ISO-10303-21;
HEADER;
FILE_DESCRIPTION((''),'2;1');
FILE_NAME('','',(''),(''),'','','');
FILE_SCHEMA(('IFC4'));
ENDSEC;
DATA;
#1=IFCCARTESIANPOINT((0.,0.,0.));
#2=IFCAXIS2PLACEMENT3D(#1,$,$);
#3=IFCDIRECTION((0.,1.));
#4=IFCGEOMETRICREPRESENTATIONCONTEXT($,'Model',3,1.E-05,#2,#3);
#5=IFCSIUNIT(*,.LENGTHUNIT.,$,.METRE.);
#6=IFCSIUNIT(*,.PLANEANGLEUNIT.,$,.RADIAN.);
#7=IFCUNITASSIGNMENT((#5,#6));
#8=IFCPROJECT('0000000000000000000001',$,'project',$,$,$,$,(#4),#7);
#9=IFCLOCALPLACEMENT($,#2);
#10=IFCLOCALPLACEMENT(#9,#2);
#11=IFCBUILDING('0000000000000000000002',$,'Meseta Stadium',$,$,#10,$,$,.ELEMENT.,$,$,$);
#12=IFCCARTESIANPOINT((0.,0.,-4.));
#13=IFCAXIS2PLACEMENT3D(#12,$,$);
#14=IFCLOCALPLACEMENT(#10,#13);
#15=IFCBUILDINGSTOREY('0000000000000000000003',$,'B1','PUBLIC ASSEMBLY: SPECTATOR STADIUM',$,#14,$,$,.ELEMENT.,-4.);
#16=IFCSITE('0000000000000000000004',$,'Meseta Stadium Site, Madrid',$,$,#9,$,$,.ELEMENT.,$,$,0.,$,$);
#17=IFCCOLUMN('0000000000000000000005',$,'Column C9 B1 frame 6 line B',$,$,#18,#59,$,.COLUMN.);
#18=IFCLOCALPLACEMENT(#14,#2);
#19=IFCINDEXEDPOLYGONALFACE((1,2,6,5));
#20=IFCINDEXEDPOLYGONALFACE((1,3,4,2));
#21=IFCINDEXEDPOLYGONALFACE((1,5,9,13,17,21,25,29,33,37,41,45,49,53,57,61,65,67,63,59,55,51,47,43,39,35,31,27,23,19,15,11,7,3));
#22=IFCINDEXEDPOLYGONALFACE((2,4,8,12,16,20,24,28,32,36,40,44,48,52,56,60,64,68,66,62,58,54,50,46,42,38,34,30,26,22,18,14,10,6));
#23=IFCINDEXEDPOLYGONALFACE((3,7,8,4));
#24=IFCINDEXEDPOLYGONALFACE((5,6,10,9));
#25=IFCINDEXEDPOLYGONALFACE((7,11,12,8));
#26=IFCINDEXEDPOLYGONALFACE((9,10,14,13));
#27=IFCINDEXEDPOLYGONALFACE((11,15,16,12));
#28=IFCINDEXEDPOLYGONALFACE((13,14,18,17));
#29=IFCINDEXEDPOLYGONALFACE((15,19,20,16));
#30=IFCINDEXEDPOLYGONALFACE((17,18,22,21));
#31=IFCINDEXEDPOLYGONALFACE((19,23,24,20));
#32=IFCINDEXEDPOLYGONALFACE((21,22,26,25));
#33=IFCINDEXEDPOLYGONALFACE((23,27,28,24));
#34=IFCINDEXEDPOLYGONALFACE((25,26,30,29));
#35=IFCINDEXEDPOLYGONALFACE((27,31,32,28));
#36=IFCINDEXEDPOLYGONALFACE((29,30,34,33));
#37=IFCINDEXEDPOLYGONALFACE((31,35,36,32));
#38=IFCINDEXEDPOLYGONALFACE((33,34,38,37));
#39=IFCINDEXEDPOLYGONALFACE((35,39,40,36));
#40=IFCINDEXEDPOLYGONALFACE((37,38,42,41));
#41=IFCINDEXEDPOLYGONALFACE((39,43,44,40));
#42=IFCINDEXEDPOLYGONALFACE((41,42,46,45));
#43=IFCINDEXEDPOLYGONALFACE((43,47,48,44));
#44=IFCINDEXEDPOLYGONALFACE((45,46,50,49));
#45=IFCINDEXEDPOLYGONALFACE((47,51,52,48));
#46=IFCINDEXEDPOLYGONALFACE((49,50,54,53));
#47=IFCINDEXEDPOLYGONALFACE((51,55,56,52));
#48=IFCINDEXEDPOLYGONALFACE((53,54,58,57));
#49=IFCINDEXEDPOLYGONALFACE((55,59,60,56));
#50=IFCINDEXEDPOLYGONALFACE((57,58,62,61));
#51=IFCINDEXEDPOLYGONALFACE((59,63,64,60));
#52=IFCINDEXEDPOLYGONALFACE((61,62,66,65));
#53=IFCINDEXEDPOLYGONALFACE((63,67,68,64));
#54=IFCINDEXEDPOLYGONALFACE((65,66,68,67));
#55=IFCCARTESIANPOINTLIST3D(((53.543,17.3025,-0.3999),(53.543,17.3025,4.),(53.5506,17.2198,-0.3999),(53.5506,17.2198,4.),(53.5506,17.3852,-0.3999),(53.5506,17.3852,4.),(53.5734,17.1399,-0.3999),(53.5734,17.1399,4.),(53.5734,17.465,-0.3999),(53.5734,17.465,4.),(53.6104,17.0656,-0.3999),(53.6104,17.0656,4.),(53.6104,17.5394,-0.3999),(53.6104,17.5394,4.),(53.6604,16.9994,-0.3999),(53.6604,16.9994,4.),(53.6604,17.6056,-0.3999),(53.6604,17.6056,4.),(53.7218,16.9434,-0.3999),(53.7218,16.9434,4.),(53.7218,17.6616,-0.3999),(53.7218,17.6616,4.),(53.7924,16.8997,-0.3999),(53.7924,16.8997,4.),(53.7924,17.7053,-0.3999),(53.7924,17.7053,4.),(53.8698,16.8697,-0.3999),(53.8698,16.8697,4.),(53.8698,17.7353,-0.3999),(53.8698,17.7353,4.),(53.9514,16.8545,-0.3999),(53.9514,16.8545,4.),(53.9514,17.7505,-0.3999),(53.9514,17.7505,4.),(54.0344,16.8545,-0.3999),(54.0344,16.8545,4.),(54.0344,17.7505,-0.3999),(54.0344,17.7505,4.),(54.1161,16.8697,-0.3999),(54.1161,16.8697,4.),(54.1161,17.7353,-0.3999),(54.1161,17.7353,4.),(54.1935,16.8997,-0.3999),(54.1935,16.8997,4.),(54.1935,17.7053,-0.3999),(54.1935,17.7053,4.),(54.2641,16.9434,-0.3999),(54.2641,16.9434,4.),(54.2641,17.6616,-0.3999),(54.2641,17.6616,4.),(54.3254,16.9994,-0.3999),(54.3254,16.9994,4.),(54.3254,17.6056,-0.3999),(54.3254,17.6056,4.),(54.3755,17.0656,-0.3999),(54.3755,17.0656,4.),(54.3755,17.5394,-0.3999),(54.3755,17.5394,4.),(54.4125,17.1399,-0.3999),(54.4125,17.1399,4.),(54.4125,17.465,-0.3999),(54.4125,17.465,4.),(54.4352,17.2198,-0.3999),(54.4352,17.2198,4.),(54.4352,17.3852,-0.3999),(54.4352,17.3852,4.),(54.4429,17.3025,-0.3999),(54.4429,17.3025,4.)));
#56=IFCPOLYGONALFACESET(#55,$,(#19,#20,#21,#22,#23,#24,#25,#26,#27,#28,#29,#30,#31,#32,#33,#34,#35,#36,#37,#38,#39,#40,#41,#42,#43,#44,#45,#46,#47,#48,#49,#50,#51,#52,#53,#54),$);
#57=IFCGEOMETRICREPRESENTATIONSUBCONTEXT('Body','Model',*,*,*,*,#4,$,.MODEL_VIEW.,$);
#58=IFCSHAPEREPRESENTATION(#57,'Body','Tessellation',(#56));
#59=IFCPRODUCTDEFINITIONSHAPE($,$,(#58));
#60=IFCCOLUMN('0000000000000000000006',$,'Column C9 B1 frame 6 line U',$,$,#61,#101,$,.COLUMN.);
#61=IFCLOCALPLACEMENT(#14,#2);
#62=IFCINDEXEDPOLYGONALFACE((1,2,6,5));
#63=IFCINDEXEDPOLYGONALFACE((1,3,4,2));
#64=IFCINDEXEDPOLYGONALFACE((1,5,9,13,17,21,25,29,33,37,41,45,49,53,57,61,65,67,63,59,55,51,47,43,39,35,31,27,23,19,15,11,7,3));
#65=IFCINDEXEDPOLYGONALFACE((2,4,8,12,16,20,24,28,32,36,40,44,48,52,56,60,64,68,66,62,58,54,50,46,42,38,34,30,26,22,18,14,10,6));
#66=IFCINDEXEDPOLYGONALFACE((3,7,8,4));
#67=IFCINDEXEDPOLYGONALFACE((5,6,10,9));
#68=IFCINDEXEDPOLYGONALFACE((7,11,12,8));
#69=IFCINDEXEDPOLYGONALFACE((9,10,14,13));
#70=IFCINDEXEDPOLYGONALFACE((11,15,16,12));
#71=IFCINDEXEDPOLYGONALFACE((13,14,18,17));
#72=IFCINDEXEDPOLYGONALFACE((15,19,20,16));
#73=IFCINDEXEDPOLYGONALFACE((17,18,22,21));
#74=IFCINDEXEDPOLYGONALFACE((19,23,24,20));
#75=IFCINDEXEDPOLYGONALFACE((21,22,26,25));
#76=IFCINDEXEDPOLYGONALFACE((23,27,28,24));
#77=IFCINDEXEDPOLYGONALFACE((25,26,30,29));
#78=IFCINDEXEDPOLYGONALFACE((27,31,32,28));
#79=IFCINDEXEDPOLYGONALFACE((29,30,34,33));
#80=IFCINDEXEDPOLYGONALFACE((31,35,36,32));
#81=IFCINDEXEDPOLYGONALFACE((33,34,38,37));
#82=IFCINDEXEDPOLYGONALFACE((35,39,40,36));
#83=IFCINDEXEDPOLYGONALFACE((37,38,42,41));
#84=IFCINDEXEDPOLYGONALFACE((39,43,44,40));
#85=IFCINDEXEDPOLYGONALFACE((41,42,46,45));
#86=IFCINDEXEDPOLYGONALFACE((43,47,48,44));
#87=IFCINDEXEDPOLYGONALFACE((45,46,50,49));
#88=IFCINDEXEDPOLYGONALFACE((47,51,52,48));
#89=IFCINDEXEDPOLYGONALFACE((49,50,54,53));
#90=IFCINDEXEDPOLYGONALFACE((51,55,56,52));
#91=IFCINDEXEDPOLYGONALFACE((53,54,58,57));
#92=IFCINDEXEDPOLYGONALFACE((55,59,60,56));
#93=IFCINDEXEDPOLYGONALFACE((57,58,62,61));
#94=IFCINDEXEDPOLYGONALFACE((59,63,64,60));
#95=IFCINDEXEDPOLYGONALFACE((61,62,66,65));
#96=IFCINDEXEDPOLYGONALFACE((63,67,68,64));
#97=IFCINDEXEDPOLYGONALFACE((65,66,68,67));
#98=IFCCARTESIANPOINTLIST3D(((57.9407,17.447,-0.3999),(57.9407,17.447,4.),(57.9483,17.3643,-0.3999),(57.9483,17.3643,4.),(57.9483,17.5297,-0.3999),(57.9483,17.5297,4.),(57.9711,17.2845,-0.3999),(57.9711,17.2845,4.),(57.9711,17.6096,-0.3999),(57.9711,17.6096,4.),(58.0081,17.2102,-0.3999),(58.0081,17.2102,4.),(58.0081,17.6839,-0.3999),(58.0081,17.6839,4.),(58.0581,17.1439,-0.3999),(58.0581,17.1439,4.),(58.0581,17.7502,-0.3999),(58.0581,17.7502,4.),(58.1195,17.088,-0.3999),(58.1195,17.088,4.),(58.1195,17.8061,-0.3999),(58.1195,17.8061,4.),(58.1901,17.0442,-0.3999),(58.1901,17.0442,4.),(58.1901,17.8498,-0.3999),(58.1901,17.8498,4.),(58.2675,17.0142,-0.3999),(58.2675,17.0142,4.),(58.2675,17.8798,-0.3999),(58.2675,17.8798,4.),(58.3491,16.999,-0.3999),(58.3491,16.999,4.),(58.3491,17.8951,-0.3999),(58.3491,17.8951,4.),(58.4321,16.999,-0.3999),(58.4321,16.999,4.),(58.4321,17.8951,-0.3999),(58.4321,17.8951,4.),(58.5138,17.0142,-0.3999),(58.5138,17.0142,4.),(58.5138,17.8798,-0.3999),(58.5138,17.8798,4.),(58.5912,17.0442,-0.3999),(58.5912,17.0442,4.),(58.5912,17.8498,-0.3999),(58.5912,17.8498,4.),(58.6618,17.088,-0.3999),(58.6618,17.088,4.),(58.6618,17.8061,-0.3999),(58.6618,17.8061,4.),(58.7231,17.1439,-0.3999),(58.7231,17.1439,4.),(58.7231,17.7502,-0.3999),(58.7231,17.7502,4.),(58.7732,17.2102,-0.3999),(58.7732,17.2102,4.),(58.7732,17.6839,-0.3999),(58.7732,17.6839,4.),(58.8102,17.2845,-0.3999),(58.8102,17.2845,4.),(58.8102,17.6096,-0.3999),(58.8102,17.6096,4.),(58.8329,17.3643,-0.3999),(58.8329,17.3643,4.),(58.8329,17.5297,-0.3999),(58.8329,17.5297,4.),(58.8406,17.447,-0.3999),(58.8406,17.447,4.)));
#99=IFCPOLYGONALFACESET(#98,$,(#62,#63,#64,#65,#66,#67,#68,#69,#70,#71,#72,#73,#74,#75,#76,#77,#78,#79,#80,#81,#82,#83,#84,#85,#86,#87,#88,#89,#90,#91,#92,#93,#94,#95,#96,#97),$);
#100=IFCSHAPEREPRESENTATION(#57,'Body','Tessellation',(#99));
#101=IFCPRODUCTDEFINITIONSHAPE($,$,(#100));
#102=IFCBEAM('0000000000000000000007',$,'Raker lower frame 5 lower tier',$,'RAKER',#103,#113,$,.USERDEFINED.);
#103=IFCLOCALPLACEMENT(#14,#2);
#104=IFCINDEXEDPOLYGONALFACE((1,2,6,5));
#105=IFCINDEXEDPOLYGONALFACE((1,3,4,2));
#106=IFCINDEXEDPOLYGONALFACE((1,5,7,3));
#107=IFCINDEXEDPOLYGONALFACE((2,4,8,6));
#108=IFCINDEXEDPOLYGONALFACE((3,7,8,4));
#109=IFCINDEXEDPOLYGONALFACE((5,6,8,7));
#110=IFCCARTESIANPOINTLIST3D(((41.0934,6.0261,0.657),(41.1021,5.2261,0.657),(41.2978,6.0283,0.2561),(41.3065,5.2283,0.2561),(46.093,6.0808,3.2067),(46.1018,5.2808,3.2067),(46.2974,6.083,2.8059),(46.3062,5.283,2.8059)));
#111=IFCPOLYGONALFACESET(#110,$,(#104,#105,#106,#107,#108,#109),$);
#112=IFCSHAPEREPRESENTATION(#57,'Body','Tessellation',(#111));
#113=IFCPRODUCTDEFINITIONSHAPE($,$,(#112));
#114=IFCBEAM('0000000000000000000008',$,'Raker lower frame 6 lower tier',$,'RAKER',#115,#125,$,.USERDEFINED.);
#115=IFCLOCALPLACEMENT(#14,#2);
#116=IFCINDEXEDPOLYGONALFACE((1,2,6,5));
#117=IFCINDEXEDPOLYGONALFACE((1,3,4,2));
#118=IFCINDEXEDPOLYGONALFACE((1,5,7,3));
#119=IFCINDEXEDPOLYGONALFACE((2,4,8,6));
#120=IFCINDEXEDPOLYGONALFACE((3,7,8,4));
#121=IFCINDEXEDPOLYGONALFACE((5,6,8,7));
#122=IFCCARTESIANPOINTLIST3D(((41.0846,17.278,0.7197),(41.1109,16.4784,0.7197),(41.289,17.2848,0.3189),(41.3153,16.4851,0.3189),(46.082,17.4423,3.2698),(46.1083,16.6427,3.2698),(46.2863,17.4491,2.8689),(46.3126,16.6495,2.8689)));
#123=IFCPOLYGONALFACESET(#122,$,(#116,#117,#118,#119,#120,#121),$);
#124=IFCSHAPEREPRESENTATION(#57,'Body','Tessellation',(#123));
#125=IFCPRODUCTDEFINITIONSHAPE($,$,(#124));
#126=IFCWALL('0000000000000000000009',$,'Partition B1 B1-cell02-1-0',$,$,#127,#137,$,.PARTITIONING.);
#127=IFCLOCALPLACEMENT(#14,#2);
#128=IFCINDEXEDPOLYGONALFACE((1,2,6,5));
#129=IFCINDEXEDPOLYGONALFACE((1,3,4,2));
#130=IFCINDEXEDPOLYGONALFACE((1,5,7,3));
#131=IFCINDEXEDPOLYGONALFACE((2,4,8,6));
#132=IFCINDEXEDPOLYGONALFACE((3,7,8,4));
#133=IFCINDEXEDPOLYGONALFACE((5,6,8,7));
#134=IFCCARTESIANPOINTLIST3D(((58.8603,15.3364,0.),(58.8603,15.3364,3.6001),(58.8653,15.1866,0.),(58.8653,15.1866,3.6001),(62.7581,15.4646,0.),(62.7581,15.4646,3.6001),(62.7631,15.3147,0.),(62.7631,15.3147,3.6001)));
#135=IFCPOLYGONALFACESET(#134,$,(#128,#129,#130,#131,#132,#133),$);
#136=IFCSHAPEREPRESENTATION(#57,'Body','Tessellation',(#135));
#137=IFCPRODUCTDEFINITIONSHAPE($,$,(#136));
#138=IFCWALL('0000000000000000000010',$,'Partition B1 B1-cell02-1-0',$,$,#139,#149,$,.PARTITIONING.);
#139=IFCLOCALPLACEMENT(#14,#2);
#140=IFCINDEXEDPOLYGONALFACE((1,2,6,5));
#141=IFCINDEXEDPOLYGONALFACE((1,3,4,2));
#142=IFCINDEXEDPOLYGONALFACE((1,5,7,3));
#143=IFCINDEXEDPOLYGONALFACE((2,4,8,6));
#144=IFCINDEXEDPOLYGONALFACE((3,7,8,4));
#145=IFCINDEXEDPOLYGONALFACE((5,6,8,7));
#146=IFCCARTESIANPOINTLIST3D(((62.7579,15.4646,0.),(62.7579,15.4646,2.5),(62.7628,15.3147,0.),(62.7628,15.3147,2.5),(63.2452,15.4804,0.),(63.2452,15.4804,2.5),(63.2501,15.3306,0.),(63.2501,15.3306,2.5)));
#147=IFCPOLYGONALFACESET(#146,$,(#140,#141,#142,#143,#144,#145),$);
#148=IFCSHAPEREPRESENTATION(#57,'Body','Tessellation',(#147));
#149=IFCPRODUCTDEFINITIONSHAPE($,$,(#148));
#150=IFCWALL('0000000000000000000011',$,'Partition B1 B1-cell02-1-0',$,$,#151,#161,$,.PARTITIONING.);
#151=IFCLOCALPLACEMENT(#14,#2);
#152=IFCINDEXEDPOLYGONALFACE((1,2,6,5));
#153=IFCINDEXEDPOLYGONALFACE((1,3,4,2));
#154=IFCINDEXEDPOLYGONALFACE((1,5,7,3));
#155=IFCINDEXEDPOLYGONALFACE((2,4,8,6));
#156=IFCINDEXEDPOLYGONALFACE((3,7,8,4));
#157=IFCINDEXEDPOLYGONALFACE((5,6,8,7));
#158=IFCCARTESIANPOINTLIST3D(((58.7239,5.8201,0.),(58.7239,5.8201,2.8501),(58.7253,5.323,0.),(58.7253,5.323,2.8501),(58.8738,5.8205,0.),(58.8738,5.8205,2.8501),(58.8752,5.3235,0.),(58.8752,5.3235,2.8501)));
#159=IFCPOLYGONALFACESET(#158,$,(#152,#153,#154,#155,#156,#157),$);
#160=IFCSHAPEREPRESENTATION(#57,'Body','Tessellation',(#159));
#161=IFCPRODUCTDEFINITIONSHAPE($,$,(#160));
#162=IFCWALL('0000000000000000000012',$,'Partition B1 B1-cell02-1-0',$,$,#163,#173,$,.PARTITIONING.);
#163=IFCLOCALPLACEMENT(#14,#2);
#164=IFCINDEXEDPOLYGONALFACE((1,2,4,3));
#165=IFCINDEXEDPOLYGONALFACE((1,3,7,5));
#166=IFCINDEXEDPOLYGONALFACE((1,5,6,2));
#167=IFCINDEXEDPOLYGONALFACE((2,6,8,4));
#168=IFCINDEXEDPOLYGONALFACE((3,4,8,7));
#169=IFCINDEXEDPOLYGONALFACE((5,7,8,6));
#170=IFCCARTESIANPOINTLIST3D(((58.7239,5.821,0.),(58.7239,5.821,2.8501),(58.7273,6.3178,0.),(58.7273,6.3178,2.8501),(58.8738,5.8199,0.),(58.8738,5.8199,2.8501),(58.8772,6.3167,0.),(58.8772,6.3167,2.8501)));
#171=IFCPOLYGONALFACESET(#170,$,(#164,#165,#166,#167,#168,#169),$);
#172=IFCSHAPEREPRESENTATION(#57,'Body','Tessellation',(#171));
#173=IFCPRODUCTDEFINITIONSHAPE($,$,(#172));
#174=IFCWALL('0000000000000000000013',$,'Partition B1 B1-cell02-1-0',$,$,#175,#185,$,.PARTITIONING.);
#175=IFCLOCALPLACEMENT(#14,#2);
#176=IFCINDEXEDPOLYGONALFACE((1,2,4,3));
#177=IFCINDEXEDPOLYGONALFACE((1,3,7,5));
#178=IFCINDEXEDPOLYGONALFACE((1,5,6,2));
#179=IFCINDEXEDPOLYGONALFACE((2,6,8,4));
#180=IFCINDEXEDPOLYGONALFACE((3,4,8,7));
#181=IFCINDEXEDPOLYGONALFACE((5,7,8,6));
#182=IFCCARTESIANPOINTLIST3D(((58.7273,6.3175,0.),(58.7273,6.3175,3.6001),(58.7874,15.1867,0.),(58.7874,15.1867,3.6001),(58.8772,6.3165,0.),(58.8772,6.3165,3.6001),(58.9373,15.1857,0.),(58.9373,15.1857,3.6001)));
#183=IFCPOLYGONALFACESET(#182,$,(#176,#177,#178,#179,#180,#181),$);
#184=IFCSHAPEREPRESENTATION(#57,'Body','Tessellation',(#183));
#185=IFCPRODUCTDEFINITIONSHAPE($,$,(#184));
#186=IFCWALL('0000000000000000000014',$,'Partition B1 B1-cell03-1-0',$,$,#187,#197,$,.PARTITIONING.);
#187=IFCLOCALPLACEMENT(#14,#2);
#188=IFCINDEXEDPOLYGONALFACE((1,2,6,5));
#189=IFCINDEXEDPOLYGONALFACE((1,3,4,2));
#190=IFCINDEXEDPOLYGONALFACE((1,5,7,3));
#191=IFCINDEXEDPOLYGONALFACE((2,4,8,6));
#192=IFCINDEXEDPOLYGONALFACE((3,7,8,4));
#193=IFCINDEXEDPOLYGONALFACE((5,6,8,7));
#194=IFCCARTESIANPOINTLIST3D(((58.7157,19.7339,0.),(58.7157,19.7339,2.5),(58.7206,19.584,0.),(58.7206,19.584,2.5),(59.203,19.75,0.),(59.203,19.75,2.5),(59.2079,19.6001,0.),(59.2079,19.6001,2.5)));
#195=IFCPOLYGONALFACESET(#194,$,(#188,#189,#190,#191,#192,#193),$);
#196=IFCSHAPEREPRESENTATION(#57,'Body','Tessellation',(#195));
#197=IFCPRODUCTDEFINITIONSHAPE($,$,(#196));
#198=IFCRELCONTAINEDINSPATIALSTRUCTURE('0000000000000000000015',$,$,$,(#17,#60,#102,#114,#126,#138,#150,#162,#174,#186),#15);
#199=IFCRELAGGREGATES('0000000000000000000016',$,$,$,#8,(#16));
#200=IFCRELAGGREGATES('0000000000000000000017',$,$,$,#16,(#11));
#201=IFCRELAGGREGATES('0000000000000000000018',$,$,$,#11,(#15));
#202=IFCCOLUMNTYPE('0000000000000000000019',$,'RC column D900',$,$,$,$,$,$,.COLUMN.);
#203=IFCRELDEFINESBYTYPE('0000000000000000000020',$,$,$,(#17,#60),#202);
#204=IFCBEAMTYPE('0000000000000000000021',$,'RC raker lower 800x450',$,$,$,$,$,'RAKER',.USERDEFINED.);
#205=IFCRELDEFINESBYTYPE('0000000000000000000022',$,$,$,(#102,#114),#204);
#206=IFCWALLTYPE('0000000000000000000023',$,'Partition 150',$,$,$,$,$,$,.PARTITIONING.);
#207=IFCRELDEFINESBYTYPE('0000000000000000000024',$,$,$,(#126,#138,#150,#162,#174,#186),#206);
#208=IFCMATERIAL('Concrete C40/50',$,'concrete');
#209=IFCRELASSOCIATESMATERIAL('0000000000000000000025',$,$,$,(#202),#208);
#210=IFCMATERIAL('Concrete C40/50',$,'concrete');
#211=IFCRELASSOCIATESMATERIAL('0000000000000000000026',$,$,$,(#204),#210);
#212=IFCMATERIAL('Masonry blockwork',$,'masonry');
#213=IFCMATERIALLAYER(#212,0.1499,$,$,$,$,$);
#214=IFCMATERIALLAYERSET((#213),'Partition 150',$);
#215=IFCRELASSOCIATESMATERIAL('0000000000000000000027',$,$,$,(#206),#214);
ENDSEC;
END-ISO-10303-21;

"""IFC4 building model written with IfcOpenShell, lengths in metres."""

from ifc_helpers import new_model, si_unit, direction, frame, frame_2d, origin, origin_2d, place, context, subcontext, project, spatial, rectangle, circle, extrude, material, layer, layer_set, material_profile, profile_set, type_object, element, save


model = new_model("IFC4")

# Units and contexts
model_context = context("Model", 3, precision=1e-05, world=origin(), true_north=direction((0.0, 1.0)))
body_context = subcontext(model_context, "Body", "Model", "MODEL_VIEW")
ifc_project = project(units=[si_unit("LENGTHUNIT", "METRE"), si_unit("PLANEANGLEUNIT", "RADIAN")], contexts=[model_context])

# Site, building, storey
site_placement = place(None, origin())
site = spatial("IfcSite", under=ifc_project, at=site_placement, Name="Meseta Stadium Site, Madrid", CompositionType="ELEMENT", RefElevation=0.0)
building_placement = place(site_placement, origin())
building = spatial("IfcBuilding", under=site, at=building_placement, Name="Meseta Stadium", CompositionType="ELEMENT")
storey_placement = place(building_placement, frame((0.0, 0.0, -4.0)))
storey = spatial("IfcBuildingStorey", under=building, at=storey_placement, Name="B1", Description="PUBLIC ASSEMBLY: SPECTATOR STADIUM", CompositionType="ELEMENT", Elevation=-4.0)

# Columns
ifc_material_1 = material(Name="Concrete C40/50", Category="concrete")
ifc_material_profile_1 = material_profile(ifc_material_1, circle(Radius=0.45, at=origin_2d()), Name="RC D900")
ifc_profile_set_1 = profile_set([ifc_material_profile_1], Name="Concrete C40/50")
column_type_1 = type_object("IfcColumnType", Name="RC column D900", PredefinedType="COLUMN", material=ifc_profile_set_1)
for number, where, z_axis, x_axis, name in (
    (1, (53.9929, 17.3025, -0.3999), (0.0, 0.0, 1.0), (1.0, 0.0, 0.0), "Column C9 B1 frame 6 line B"),
    (2, (58.3906, 17.447, -0.3999), (0.0, 0.0, 1.0), (1.0, 0.0, 0.0), "Column C9 B1 frame 6 line U"),
):
    element("IfcColumn", number, at=place(storey_placement, frame(where, z_axis=z_axis, x_axis=x_axis)), inside=storey, type_object=column_type_1, Name=name, PredefinedType="COLUMN", context=body_context, shape_type="SweptSolid", body=[
        extrude(circle(Radius=0.45, at=origin_2d()), origin(), (0.0, 0.0, 1.0), 4.3999),
    ])

# Beams
ifc_material_2 = material(Name="Concrete C40/50", Category="concrete")
ifc_material_profile_2 = material_profile(ifc_material_2, rectangle(XDim=0.8, YDim=0.45, at=origin_2d()), Name="RC 800x450")
ifc_profile_set_2 = profile_set([ifc_material_profile_2], Name="Concrete C40/50")
beam_type = type_object("IfcBeamType", Name="RC raker lower 800x450", ElementType="RAKER", PredefinedType="USERDEFINED", material=ifc_profile_set_2)
beam_1_placement = place(storey_placement, frame((41.2, 5.6272, 0.4565), z_axis=(0.890798, 0.009744, 0.454295), x_axis=(-0.010937, 0.99994, 0.0)))
element("IfcBeam", 3, at=beam_1_placement, inside=storey, type_object=beam_type, Name="Raker lower frame 5 lower tier", ObjectType="RAKER", PredefinedType="USERDEFINED", context=body_context, shape_type="SweptSolid", body=[
    extrude(rectangle(XDim=0.8, YDim=0.45, at=origin_2d()), origin(), (0.0, 0.0, 1.0), 5.6125),
])
beam_2_placement = place(storey_placement, frame((41.2, 16.8816, 0.5193), z_axis=(0.890351, 0.029274, 0.454332), x_axis=(-0.032861, 0.99946, 0.0)))
element("IfcBeam", 4, at=beam_2_placement, inside=storey, type_object=beam_type, Name="Raker lower frame 6 lower tier", ObjectType="RAKER", PredefinedType="USERDEFINED", context=body_context, shape_type="SweptSolid", body=[
    extrude(rectangle(XDim=0.8, YDim=0.45, at=origin_2d()), origin(), (0.0, 0.0, 1.0), 5.6128),
])

# Walls
ifc_material_3 = material(Name="Masonry blockwork", Category="masonry")
ifc_layer_1 = layer(ifc_material_3, 0.1499)
ifc_layer_set_1 = layer_set([ifc_layer_1], Name="Partition 150")
wall_type_1 = type_object("IfcWallType", Name="Partition 150", PredefinedType="PARTITIONING", material=ifc_layer_set_1)
wall_1_placement = place(storey_placement, frame((58.8628, 15.2615, 0.0), z_axis=(0.0, 0.0, 1.0), x_axis=(0.99946, 0.032867, 0.0)))
element("IfcWall", 5, at=wall_1_placement, inside=storey, type_object=wall_type_1, Name="Partition B1 B1-cell02-1-0", PredefinedType="PARTITIONING", context=body_context, shape_type="SweptSolid", body=[
    extrude(rectangle(XDim=3.8999, YDim=0.1499, at=frame_2d((1.95, 0.0))), origin(), (0.0, 0.0, 1.0), 3.6001),
])
wall_2_placement = place(storey_placement, frame((62.7605, 15.3896, 0.0), z_axis=(0.0, 0.0, 1.0), x_axis=(0.99947, 0.032548, 0.0)))
element("IfcWall", 6, at=wall_2_placement, inside=storey, type_object=wall_type_1, Name="Partition B1 B1-cell02-1-0", PredefinedType="PARTITIONING", context=body_context, shape_type="SweptSolid", body=[
    extrude(rectangle(XDim=0.4875, YDim=0.1499, at=frame_2d((0.2437, 0.0))), origin(), (0.0, 0.0, 1.0), 2.5),
])
wall_3_placement = place(storey_placement, frame((58.8003, 5.3232, 0.0), z_axis=(0.0, 0.0, 1.0), x_axis=(-0.002947, 0.999996, 0.0)))
element("IfcWall", 7, at=wall_3_placement, inside=storey, type_object=wall_type_1, Name="Partition B1 B1-cell02-1-0", PredefinedType="PARTITIONING", context=body_context, shape_type="SweptSolid", body=[
    extrude(rectangle(XDim=0.4971, YDim=0.1499, at=frame_2d((0.2485, 0.0))), origin(), (0.0, 0.0, 1.0), 2.8501),
])
wall_4_placement = place(storey_placement, frame((58.7988, 5.8203, 0.0), z_axis=(0.0, 0.0, 1.0), x_axis=(0.006879, 0.999976, 0.0)))
element("IfcWall", 8, at=wall_4_placement, inside=storey, type_object=wall_type_1, Name="Partition B1 B1-cell02-1-0", PredefinedType="PARTITIONING", context=body_context, shape_type="SweptSolid", body=[
    extrude(rectangle(XDim=0.4968, YDim=0.1499, at=frame_2d((0.2485, 0.0))), origin(), (0.0, 0.0, 1.0), 2.8501),
])
wall_5_placement = place(storey_placement, frame((58.8022, 6.3171, 0.0), z_axis=(0.0, 0.0, 1.0), x_axis=(0.006771, 0.999977, 0.0)))
element("IfcWall", 9, at=wall_5_placement, inside=storey, type_object=wall_type_1, Name="Partition B1 B1-cell02-1-0", PredefinedType="PARTITIONING", context=body_context, shape_type="SweptSolid", body=[
    extrude(rectangle(XDim=8.8694, YDim=0.1499, at=frame_2d((4.4346, 0.0))), origin(), (0.0, 0.0, 1.0), 3.6001),
])
wall_6_placement = place(storey_placement, frame((59.2053, 19.675, 0.0), z_axis=(0.0, 0.0, 1.0), x_axis=(-0.999454, -0.033048, 0.0)))
element("IfcWall", 10, at=wall_6_placement, inside=storey, type_object=wall_type_1, Name="Partition B1 B1-cell03-1-0", PredefinedType="PARTITIONING", context=body_context, shape_type="SweptSolid", body=[
    extrude(rectangle(XDim=0.4875, YDim=0.1499, at=frame_2d((0.2437, 0.0))), origin(), (0.0, 0.0, 1.0), 2.5),
])

save(model, "model.ifc")
